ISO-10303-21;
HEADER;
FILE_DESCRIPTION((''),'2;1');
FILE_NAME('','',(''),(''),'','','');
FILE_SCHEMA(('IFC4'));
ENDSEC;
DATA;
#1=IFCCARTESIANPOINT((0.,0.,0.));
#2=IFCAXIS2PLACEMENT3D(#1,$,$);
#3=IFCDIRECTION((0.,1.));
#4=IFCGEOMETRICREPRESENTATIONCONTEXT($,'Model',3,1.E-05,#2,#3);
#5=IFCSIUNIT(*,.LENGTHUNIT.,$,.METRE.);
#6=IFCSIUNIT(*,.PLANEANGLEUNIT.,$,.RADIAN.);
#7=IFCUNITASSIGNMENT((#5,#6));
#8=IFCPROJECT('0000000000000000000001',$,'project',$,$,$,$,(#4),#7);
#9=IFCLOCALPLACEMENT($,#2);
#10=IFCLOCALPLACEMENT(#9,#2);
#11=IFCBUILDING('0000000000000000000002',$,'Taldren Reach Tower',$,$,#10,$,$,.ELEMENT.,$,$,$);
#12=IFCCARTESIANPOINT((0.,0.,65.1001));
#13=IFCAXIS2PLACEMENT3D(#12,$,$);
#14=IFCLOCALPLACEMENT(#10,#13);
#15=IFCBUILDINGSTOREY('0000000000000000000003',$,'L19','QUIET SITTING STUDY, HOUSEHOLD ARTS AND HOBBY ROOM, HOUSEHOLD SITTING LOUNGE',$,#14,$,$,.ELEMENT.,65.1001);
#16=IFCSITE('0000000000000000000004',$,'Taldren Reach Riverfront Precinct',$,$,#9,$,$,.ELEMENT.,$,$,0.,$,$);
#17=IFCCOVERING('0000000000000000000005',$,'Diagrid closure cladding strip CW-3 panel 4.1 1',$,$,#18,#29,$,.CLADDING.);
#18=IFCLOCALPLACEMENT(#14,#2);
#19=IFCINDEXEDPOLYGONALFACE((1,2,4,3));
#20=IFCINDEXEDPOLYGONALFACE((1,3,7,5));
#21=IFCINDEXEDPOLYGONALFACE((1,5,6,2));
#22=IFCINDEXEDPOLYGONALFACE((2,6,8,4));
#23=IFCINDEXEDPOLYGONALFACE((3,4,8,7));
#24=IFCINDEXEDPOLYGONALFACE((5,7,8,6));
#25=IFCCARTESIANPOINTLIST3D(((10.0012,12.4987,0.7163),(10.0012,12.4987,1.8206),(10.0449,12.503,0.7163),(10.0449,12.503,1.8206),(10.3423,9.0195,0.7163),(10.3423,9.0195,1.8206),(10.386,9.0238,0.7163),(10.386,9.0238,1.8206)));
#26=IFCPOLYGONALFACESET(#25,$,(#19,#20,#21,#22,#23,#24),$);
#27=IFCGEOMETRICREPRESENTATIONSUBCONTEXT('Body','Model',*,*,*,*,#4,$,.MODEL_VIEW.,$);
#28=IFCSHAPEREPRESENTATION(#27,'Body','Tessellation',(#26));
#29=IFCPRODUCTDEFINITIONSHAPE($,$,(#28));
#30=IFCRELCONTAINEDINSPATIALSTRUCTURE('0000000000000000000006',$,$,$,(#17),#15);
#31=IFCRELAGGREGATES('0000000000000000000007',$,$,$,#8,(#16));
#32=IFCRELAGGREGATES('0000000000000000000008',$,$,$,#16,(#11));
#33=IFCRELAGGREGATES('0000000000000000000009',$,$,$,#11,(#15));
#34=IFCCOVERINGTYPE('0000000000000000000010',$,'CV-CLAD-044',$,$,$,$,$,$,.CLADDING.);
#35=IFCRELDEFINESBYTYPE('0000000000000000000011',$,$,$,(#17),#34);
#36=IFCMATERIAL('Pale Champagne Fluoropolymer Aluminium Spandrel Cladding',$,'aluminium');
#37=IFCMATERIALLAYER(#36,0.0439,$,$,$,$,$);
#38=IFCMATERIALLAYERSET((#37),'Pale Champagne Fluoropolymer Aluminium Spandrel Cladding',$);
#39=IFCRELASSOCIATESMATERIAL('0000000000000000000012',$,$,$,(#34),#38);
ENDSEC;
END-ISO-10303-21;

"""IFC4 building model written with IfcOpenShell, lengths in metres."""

from ifc_helpers import new_model, si_unit, direction, frame, origin, origin_2d, place, context, subcontext, project, spatial, rectangle, extrude, source, transform, mapped, material, layer, layer_set, type_object, element, save


model = new_model("IFC4")

# Units and contexts
model_context = context("Model", 3, precision=1e-05, world=origin(), true_north=direction((0.0, 1.0)))
body_context = subcontext(model_context, "Body", "Model", "MODEL_VIEW")
ifc_project = project(units=[si_unit("LENGTHUNIT", "METRE"), si_unit("PLANEANGLEUNIT", "RADIAN")], contexts=[model_context])

# Site, building, storey
site_placement = place(None, origin())
site = spatial("IfcSite", under=ifc_project, at=site_placement, Name="Taldren Reach Riverfront Precinct", CompositionType="ELEMENT", RefElevation=0.0)
building_placement = place(site_placement, origin())
building = spatial("IfcBuilding", under=site, at=building_placement, Name="Taldren Reach Tower", CompositionType="ELEMENT")
storey_placement = place(building_placement, frame((0.0, 0.0, 65.1001)))
storey = spatial("IfcBuildingStorey", under=building, at=storey_placement, Name="L19", Description="QUIET SITTING STUDY, HOUSEHOLD ARTS AND HOBBY ROOM, HOUSEHOLD SITTING LOUNGE", CompositionType="ELEMENT", Elevation=65.1001)

# Covering
ifc_material_1 = material(Name="Pale Champagne Fluoropolymer Aluminium Spandrel Cladding", Category="aluminium")
ifc_layer_1 = layer(ifc_material_1, 0.0439)
ifc_layer_set_1 = layer_set([ifc_layer_1], Name="Pale Champagne Fluoropolymer Aluminium Spandrel Cladding")
covering_type = type_object("IfcCoveringType", Name="CV-CLAD-044", PredefinedType="CLADDING", material=ifc_layer_set_1)
shared_shape_1 = source(origin(), body_context, "Body", "SweptSolid", [
    extrude(rectangle(XDim=3.4958, YDim=0.0439, at=origin_2d()), origin(), (0.0, 0.0, 1.0), 1.1042),
])
covering_1_placement = place(storey_placement, frame((10.1936, 10.7612, 0.7163), z_axis=(0.0, 0.0, 1.0), x_axis=(0.097583, -0.995227, 0.0)))
element("IfcCovering", 1, at=covering_1_placement, inside=storey, type_object=covering_type, Name="Diagrid closure cladding strip CW-3 panel 4.1 1", PredefinedType="CLADDING", context=body_context, shape_type="MappedRepresentation", body=[
    mapped(shared_shape_1, transform((0.0, 0.0, 0.0), scale=1.0)),
])

save(model, "model.ifc")
